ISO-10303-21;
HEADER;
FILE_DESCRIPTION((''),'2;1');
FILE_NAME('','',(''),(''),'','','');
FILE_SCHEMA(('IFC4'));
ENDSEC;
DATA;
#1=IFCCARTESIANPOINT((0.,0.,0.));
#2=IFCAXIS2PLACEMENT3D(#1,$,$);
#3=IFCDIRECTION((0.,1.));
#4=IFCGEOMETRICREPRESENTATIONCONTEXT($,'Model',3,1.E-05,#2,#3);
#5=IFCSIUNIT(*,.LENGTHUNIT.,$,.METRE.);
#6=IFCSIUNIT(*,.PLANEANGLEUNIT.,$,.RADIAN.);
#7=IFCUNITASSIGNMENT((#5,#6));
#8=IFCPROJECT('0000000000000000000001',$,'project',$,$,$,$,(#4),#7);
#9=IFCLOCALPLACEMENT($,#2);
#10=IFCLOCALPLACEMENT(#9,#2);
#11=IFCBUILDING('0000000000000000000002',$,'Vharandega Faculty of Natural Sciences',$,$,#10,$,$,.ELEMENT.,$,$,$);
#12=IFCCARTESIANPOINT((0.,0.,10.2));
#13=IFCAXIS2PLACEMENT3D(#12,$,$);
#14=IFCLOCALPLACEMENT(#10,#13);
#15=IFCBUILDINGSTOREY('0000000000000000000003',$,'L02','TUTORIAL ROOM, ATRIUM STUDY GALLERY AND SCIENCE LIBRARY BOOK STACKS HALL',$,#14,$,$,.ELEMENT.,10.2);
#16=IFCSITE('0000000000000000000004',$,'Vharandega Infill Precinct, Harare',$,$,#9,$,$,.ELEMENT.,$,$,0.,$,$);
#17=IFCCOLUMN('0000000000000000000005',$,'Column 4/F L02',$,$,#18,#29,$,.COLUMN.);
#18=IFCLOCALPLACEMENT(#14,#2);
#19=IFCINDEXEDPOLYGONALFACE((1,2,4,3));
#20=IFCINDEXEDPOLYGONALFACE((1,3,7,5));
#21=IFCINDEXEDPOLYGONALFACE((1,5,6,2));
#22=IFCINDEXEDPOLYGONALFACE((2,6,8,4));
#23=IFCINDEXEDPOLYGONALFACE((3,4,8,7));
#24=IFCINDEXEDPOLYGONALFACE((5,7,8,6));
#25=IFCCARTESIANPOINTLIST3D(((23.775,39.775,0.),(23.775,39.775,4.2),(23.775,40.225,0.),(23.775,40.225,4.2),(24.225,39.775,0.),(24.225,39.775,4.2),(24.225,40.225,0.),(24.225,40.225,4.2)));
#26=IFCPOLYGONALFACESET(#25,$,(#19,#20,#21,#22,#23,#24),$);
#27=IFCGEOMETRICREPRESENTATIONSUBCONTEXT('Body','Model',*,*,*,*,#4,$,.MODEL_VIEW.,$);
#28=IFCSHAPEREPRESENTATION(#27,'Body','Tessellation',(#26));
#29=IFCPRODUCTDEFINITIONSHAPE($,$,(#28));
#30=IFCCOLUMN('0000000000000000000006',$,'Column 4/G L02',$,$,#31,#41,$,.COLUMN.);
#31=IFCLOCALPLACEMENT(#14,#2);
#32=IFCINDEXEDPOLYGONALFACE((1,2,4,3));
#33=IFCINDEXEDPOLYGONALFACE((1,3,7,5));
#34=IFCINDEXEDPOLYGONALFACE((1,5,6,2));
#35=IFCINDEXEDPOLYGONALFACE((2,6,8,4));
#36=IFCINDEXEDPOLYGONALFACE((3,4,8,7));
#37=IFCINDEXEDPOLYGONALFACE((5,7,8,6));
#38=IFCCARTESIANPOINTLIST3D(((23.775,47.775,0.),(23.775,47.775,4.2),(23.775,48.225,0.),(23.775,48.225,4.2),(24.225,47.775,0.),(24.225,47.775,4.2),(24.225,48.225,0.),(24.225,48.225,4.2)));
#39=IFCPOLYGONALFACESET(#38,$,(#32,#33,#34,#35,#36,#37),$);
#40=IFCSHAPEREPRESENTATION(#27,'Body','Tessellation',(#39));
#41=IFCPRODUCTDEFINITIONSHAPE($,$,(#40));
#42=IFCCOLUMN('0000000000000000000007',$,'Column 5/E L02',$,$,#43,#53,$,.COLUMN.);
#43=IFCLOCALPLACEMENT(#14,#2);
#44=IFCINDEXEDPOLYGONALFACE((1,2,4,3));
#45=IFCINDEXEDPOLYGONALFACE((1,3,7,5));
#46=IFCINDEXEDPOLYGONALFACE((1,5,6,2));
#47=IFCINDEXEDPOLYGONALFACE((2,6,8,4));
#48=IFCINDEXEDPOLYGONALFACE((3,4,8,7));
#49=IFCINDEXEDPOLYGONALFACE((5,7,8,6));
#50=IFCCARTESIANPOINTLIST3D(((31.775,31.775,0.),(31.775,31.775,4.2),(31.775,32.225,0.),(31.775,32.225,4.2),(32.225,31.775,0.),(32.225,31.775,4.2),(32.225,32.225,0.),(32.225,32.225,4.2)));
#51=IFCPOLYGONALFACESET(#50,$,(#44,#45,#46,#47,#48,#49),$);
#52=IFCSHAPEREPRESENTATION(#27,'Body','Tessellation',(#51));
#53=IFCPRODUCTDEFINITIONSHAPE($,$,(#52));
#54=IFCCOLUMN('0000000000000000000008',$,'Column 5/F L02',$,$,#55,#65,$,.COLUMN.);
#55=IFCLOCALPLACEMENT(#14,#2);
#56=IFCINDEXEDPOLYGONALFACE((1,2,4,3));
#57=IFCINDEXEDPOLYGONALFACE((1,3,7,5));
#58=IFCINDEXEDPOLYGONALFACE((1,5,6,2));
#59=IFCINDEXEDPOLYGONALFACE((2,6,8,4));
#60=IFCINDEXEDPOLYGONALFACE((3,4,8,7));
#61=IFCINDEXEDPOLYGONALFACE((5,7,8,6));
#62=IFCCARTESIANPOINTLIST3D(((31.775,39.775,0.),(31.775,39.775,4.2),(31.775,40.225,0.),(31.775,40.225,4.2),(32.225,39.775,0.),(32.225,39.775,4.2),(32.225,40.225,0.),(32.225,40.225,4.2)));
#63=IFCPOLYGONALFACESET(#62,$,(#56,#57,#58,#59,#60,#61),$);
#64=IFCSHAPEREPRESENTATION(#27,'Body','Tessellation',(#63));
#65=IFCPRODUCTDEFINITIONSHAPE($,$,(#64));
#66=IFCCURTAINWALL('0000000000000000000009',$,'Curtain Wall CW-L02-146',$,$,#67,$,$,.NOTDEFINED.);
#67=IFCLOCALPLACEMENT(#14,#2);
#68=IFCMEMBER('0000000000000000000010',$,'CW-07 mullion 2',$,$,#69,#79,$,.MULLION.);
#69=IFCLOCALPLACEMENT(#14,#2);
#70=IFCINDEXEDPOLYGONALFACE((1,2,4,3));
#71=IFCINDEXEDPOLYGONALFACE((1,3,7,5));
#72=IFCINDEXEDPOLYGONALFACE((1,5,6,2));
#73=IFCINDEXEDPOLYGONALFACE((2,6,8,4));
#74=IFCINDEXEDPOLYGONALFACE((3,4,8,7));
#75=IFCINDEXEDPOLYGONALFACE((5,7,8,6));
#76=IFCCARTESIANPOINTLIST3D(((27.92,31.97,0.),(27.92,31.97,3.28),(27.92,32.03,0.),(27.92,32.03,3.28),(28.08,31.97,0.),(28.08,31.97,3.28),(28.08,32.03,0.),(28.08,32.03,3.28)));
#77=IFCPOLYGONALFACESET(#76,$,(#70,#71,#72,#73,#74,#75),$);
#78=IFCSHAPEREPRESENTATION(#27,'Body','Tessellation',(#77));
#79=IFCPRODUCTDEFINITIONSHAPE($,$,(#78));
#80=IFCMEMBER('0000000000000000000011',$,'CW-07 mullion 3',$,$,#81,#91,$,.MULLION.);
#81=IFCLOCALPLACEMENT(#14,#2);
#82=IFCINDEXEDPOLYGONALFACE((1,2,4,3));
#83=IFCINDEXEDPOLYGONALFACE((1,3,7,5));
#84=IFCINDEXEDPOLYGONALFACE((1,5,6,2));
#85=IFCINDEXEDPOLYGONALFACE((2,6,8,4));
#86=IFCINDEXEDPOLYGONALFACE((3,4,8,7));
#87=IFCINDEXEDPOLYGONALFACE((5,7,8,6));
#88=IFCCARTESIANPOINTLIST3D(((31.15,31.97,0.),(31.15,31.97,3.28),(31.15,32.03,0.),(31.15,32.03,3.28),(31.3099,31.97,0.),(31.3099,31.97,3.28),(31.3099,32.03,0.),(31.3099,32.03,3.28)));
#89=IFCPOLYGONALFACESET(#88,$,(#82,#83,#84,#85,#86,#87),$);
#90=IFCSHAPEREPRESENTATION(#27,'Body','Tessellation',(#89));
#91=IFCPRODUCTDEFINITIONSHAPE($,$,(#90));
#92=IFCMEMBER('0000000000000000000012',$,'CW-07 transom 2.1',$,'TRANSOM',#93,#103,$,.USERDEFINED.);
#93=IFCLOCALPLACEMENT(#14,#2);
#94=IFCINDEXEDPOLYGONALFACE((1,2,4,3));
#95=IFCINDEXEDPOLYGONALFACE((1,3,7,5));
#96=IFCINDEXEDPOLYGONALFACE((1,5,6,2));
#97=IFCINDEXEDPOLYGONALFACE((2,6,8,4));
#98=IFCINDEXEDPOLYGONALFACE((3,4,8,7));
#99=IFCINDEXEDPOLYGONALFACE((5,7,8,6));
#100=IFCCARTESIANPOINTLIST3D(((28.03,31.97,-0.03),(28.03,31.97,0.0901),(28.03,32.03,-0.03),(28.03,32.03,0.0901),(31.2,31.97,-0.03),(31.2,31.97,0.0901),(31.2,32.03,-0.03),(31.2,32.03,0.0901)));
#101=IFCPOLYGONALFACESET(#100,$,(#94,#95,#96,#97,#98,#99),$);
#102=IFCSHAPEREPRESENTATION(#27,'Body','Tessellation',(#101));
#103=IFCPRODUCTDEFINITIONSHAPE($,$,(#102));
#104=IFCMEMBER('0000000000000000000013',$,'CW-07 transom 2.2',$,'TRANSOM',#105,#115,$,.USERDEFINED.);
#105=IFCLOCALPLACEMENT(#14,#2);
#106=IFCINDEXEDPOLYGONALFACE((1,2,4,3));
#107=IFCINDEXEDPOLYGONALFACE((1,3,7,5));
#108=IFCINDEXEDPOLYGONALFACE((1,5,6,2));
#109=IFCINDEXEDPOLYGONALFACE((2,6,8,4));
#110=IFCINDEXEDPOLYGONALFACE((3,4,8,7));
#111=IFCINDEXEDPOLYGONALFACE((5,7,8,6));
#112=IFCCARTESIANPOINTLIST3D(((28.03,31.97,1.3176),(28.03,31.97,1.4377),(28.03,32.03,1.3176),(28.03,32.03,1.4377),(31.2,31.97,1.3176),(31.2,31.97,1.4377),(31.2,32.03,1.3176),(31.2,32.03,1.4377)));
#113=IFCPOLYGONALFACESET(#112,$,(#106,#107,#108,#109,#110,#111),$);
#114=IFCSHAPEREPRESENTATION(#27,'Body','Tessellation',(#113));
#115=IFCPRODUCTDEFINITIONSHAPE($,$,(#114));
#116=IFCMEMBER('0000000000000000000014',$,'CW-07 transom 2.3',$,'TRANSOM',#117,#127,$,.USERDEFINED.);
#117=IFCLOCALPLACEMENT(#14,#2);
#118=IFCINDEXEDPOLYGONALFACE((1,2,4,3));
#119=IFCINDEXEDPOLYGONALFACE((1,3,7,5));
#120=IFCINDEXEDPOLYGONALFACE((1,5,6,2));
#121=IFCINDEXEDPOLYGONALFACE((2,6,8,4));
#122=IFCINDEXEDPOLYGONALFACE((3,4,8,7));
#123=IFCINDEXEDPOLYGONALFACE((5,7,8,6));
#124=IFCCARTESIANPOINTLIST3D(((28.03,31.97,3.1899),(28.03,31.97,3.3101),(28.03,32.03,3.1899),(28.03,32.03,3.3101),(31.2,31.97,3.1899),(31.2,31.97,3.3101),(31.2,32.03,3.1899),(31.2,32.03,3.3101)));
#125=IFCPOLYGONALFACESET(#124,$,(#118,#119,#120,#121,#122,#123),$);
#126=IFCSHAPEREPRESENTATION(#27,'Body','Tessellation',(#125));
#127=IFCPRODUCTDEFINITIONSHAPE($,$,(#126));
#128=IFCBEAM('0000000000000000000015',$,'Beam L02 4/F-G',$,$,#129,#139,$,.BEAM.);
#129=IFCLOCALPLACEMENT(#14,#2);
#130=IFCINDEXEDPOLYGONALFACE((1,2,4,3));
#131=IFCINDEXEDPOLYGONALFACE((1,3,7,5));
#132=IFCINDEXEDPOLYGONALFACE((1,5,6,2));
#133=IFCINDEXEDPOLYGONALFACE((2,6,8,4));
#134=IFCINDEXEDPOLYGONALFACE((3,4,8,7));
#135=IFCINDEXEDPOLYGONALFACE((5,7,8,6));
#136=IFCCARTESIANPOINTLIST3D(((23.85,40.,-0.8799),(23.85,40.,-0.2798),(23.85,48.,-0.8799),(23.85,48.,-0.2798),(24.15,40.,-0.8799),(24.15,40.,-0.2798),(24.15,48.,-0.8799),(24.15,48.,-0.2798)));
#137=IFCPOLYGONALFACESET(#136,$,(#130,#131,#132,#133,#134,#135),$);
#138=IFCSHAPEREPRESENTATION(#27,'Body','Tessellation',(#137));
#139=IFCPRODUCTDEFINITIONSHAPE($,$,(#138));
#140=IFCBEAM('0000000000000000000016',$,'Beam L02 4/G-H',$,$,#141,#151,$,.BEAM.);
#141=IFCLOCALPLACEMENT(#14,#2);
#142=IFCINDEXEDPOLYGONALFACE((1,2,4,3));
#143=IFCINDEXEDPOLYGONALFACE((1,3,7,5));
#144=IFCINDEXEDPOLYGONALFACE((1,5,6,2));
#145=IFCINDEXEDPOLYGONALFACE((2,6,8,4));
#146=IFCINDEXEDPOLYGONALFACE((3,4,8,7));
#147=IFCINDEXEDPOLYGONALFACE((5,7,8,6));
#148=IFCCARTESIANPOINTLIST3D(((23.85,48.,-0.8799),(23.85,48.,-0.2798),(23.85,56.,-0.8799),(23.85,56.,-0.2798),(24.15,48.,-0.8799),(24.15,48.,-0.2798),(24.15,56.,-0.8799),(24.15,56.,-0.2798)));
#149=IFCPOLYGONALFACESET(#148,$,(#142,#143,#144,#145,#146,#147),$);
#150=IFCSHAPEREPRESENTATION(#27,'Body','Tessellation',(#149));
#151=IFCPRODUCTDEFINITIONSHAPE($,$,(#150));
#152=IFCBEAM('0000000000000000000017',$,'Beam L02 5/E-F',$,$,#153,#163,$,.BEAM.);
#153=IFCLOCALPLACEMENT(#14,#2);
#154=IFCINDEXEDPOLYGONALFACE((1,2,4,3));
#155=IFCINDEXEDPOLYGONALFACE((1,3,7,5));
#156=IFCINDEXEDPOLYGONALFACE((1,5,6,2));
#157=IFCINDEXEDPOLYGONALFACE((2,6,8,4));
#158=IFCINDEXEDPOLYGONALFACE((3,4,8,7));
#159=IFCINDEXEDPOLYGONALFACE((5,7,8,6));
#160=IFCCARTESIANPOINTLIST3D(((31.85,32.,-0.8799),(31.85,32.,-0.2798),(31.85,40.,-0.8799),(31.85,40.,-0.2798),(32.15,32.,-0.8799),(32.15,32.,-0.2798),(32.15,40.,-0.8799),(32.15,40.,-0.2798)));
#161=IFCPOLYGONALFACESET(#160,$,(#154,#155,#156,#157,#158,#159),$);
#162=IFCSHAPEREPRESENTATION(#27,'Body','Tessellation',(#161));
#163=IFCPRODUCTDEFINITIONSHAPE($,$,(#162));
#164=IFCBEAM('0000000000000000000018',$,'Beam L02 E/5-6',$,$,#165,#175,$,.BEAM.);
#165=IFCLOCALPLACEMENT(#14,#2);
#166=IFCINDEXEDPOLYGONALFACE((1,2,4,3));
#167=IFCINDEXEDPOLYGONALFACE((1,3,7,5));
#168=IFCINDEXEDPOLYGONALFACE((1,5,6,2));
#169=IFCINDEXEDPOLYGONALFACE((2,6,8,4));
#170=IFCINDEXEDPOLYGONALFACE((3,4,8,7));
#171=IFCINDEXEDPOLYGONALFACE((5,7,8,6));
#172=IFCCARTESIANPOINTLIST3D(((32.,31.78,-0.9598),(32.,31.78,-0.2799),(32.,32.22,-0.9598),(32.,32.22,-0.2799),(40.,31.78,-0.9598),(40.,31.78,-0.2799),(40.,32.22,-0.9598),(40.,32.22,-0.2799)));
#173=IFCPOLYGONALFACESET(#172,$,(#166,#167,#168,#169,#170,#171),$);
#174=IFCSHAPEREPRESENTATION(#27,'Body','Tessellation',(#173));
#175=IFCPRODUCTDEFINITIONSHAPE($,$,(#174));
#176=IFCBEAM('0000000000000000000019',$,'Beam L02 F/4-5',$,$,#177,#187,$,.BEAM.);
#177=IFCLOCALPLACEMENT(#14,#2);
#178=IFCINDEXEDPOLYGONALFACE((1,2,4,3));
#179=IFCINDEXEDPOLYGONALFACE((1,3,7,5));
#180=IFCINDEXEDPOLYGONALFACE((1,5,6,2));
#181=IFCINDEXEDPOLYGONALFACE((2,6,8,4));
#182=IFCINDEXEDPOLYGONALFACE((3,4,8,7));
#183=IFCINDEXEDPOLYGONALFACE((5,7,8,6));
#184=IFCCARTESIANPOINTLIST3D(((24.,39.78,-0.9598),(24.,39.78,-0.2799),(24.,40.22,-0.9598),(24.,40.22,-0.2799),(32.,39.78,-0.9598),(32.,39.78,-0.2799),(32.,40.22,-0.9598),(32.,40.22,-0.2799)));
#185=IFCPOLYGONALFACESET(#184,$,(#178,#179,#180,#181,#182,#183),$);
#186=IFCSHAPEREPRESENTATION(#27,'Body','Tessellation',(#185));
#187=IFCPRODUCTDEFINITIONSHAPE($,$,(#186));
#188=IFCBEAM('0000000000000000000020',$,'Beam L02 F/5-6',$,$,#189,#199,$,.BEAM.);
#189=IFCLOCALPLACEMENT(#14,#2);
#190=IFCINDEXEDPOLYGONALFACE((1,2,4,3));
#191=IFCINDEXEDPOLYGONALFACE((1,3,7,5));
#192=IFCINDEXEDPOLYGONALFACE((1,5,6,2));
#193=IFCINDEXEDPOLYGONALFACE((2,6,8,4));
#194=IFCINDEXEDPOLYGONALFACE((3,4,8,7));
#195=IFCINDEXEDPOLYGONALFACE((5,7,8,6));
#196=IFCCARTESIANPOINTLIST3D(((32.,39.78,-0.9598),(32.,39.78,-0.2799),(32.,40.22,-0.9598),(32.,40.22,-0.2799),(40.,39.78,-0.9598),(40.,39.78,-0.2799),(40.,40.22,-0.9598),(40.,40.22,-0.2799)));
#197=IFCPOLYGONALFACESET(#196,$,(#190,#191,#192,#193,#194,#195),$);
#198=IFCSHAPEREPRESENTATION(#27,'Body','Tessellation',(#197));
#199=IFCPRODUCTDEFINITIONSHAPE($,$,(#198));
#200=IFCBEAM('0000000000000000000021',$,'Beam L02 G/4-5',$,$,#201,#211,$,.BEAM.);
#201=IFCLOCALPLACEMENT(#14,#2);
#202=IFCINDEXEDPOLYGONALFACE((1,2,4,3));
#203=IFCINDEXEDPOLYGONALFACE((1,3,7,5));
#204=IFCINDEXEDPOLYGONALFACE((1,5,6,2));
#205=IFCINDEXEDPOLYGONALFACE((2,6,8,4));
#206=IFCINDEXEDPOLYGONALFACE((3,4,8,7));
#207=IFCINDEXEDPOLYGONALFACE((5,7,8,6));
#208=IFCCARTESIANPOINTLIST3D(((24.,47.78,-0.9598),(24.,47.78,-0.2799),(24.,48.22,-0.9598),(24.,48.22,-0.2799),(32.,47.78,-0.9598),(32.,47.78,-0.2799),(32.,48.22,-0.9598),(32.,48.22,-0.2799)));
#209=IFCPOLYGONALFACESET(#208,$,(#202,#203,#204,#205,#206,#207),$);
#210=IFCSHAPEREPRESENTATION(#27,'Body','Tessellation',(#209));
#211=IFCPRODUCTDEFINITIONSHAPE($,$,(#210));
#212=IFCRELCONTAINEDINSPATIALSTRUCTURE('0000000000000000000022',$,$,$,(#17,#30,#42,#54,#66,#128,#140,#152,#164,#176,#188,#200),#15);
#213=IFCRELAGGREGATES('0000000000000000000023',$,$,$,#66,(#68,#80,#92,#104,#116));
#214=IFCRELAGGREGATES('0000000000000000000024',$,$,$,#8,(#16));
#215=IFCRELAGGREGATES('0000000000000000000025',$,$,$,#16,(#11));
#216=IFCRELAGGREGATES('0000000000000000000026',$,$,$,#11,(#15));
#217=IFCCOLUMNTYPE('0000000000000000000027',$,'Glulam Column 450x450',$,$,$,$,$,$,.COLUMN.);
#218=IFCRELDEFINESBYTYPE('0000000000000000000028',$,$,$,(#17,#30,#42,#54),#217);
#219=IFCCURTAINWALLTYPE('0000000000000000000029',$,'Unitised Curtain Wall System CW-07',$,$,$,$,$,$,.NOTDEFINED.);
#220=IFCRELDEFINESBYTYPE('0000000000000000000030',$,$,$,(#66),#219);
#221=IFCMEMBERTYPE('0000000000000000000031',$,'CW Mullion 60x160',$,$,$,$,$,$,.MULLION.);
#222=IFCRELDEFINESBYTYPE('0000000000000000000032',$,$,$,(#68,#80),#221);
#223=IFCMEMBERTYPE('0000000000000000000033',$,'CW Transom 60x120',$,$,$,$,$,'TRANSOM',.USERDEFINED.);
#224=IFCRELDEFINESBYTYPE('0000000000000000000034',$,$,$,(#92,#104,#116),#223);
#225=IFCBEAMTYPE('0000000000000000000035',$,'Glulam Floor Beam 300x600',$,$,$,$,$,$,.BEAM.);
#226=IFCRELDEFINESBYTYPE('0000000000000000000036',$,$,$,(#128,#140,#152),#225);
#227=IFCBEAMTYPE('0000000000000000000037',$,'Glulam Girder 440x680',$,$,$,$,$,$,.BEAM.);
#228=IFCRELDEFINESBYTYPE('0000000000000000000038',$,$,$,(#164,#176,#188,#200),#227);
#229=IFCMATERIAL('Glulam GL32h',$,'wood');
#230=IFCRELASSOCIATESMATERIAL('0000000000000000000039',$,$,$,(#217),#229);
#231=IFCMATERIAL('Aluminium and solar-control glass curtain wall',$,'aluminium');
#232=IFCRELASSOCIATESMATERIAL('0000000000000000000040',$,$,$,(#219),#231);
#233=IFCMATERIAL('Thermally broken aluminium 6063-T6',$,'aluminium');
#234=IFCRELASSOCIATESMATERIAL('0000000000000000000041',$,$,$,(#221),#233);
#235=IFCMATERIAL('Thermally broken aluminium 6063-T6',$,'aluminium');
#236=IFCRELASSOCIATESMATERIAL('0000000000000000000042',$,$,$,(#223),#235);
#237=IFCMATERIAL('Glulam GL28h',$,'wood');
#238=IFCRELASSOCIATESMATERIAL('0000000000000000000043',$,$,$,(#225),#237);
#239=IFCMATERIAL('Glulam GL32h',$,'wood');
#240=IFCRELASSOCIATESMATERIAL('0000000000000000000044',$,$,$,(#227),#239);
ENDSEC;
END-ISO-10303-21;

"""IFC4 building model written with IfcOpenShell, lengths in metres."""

from ifc_helpers import new_model, si_unit, direction, frame, origin, origin_2d, place, context, subcontext, project, spatial, rectangle, extrude, material, material_profile, profile_set, type_object, element, aggregate, save


model = new_model("IFC4")

# Units and contexts
model_context = context("Model", 3, precision=1e-05, world=origin(), true_north=direction((0.0, 1.0)))
body_context = subcontext(model_context, "Body", "Model", "MODEL_VIEW")
ifc_project = project(units=[si_unit("LENGTHUNIT", "METRE"), si_unit("PLANEANGLEUNIT", "RADIAN")], contexts=[model_context])

# Site, building, storey
site_placement = place(None, origin())
site = spatial("IfcSite", under=ifc_project, at=site_placement, Name="Vharandega Infill Precinct, Harare", CompositionType="ELEMENT", RefElevation=0.0)
building_placement = place(site_placement, origin())
building = spatial("IfcBuilding", under=site, at=building_placement, Name="Vharandega Faculty of Natural Sciences", CompositionType="ELEMENT")
storey_placement = place(building_placement, frame((0.0, 0.0, 10.2)))
storey = spatial("IfcBuildingStorey", under=building, at=storey_placement, Name="L02", Description="TUTORIAL ROOM, ATRIUM STUDY GALLERY AND SCIENCE LIBRARY BOOK STACKS HALL", CompositionType="ELEMENT", Elevation=10.2)

# Columns
ifc_material_1 = material(Name="Glulam GL32h", Category="wood")
ifc_material_profile_1 = material_profile(ifc_material_1, rectangle(XDim=0.45, YDim=0.45, at=origin_2d()), Name="GL32h 450x450")
ifc_profile_set_1 = profile_set([ifc_material_profile_1], Name="Glulam GL32h")
column_type = type_object("IfcColumnType", Name="Glulam Column 450x450", PredefinedType="COLUMN", material=ifc_profile_set_1)
for number, where, z_axis, x_axis, name in (
    (1, (24.0, 40.0, 0.0), (0.0, 0.0, 1.0), (1.0, 0.0, 0.0), "Column 4/F L02"),
    (2, (24.0, 48.0, 0.0), (0.0, 0.0, 1.0), (1.0, 0.0, 0.0), "Column 4/G L02"),
    (3, (32.0, 32.0, 0.0), (0.0, 0.0, 1.0), (1.0, 0.0, 0.0), "Column 5/E L02"),
    (4, (32.0, 40.0, 0.0), (0.0, 0.0, 1.0), (1.0, 0.0, 0.0), "Column 5/F L02"),
):
    element("IfcColumn", number, at=place(storey_placement, frame(where, z_axis=z_axis, x_axis=x_axis)), inside=storey, type_object=column_type, Name=name, PredefinedType="COLUMN", context=body_context, shape_type="SweptSolid", body=[
        extrude(rectangle(XDim=0.45, YDim=0.45, at=origin_2d()), origin(), (0.0, 0.0, 1.0), 4.2),
    ])

# Curtain wall, members
ifc_material_2 = material(Name="Aluminium and solar-control glass curtain wall", Category="aluminium")
curtain_wall_type = type_object("IfcCurtainWallType", Name="Unitised Curtain Wall System CW-07", PredefinedType="NOTDEFINED", material=ifc_material_2)
curtain_wall_placement = place(storey_placement, origin())
curtain_wall = element("IfcCurtainWall", 5, at=curtain_wall_placement, inside=storey, type_object=curtain_wall_type, Name="Curtain Wall CW-L02-146", PredefinedType="NOTDEFINED")
ifc_material_3 = material(Name="Thermally broken aluminium 6063-T6", Category="aluminium")
ifc_material_profile_2 = material_profile(ifc_material_3, rectangle(XDim=0.0601, YDim=0.1599, at=origin_2d()), Name="ALU 60x160")
ifc_profile_set_2 = profile_set([ifc_material_profile_2], Name="Thermally broken aluminium 6063-T6")
member_type_1 = type_object("IfcMemberType", Name="CW Mullion 60x160", PredefinedType="MULLION", material=ifc_profile_set_2)
member_1_placement = place(storey_placement, frame((28.0, 32.0, 0.0), z_axis=(0.0, 0.0, 1.0), x_axis=(0.0, 1.0, 0.0)))
member_1 = element("IfcMember", 6, at=member_1_placement, type_object=member_type_1, Name="CW-07 mullion 2", PredefinedType="MULLION", context=body_context, shape_type="SweptSolid", body=[
    extrude(rectangle(XDim=0.0601, YDim=0.1599, at=origin_2d()), origin(), (0.0, 0.0, 1.0), 3.28),
])
member_2_placement = place(storey_placement, frame((31.23, 32.0, 0.0), z_axis=(0.0, 0.0, 1.0), x_axis=(0.0, 1.0, 0.0)))
member_2 = element("IfcMember", 7, at=member_2_placement, type_object=member_type_1, Name="CW-07 mullion 3", PredefinedType="MULLION", context=body_context, shape_type="SweptSolid", body=[
    extrude(rectangle(XDim=0.0601, YDim=0.1599, at=origin_2d()), origin(), (0.0, 0.0, 1.0), 3.28),
])
ifc_material_4 = material(Name="Thermally broken aluminium 6063-T6", Category="aluminium")
ifc_material_profile_3 = material_profile(ifc_material_4, rectangle(XDim=0.0601, YDim=0.1201, at=origin_2d()), Name="ALU 60x120")
ifc_profile_set_3 = profile_set([ifc_material_profile_3], Name="Thermally broken aluminium 6063-T6")
member_type_2 = type_object("IfcMemberType", Name="CW Transom 60x120", ElementType="TRANSOM", PredefinedType="USERDEFINED", material=ifc_profile_set_3)
member_3_placement = place(storey_placement, frame((28.03, 32.0, 0.03), z_axis=(1.0, 0.0, 0.0), x_axis=(0.0, 1.0, 0.0)))
member_3 = element("IfcMember", 8, at=member_3_placement, type_object=member_type_2, Name="CW-07 transom 2.1", ObjectType="TRANSOM", PredefinedType="USERDEFINED", context=body_context, shape_type="SweptSolid", body=[
    extrude(rectangle(XDim=0.0601, YDim=0.1201, at=origin_2d()), origin(), (0.0, 0.0, 1.0), 3.1699),
])
member_4_placement = place(storey_placement, frame((28.03, 32.0, 1.3777), z_axis=(1.0, 0.0, 0.0), x_axis=(0.0, 1.0, 0.0)))
member_4 = element("IfcMember", 9, at=member_4_placement, type_object=member_type_2, Name="CW-07 transom 2.2", ObjectType="TRANSOM", PredefinedType="USERDEFINED", context=body_context, shape_type="SweptSolid", body=[
    extrude(rectangle(XDim=0.0601, YDim=0.1201, at=origin_2d()), origin(), (0.0, 0.0, 1.0), 3.1699),
])
member_5_placement = place(storey_placement, frame((28.03, 32.0, 3.25), z_axis=(1.0, 0.0, 0.0), x_axis=(0.0, 1.0, 0.0)))
member_5 = element("IfcMember", 10, at=member_5_placement, type_object=member_type_2, Name="CW-07 transom 2.3", ObjectType="TRANSOM", PredefinedType="USERDEFINED", context=body_context, shape_type="SweptSolid", body=[
    extrude(rectangle(XDim=0.0601, YDim=0.1201, at=origin_2d()), origin(), (0.0, 0.0, 1.0), 3.1699),
])

# Beams
ifc_material_5 = material(Name="Glulam GL28h", Category="wood")
ifc_material_profile_4 = material_profile(ifc_material_5, rectangle(XDim=0.3, YDim=0.6001, at=origin_2d()), Name="GL28h 300x600")
ifc_profile_set_4 = profile_set([ifc_material_profile_4], Name="Glulam GL28h")
beam_type_1 = type_object("IfcBeamType", Name="Glulam Floor Beam 300x600", PredefinedType="BEAM", material=ifc_profile_set_4)
for number, where, z_axis, x_axis, name in (
    (11, (24.0, 40.0, -0.5798), (0.0, 1.0, 0.0), (-1.0, 0.0, 0.0), "Beam L02 4/F-G"),
    (12, (24.0, 48.0, -0.5798), (0.0, 1.0, 0.0), (-1.0, 0.0, 0.0), "Beam L02 4/G-H"),
    (13, (32.0, 32.0, -0.5798), (0.0, 1.0, 0.0), (-1.0, 0.0, 0.0), "Beam L02 5/E-F"),
):
    element("IfcBeam", number, at=place(storey_placement, frame(where, z_axis=z_axis, x_axis=x_axis)), inside=storey, type_object=beam_type_1, Name=name, PredefinedType="BEAM", context=body_context, shape_type="SweptSolid", body=[
        extrude(rectangle(XDim=0.3, YDim=0.6001, at=origin_2d()), origin(), (0.0, 0.0, 1.0), 8.0),
    ])
ifc_material_6 = material(Name="Glulam GL32h", Category="wood")
ifc_material_profile_5 = material_profile(ifc_material_6, rectangle(XDim=0.4399, YDim=0.6799, at=origin_2d()), Name="GL32h 440x680")
ifc_profile_set_5 = profile_set([ifc_material_profile_5], Name="Glulam GL32h")
beam_type_2 = type_object("IfcBeamType", Name="Glulam Girder 440x680", PredefinedType="BEAM", material=ifc_profile_set_5)
for number, where, z_axis, x_axis, name in (
    (14, (32.0, 32.0, -0.6199), (1.0, 0.0, 0.0), (0.0, 1.0, 0.0), "Beam L02 E/5-6"),
    (15, (24.0, 40.0, -0.6199), (1.0, 0.0, 0.0), (0.0, 1.0, 0.0), "Beam L02 F/4-5"),
    (16, (32.0, 40.0, -0.6199), (1.0, 0.0, 0.0), (0.0, 1.0, 0.0), "Beam L02 F/5-6"),
    (17, (24.0, 48.0, -0.6199), (1.0, 0.0, 0.0), (0.0, 1.0, 0.0), "Beam L02 G/4-5"),
):
    element("IfcBeam", number, at=place(storey_placement, frame(where, z_axis=z_axis, x_axis=x_axis)), inside=storey, type_object=beam_type_2, Name=name, PredefinedType="BEAM", context=body_context, shape_type="SweptSolid", body=[
        extrude(rectangle(XDim=0.4399, YDim=0.6799, at=origin_2d()), origin(), (0.0, 0.0, 1.0), 8.0),
    ])

aggregate(curtain_wall, [member_1, member_2, member_3, member_4, member_5])

save(model, "model.ifc")
